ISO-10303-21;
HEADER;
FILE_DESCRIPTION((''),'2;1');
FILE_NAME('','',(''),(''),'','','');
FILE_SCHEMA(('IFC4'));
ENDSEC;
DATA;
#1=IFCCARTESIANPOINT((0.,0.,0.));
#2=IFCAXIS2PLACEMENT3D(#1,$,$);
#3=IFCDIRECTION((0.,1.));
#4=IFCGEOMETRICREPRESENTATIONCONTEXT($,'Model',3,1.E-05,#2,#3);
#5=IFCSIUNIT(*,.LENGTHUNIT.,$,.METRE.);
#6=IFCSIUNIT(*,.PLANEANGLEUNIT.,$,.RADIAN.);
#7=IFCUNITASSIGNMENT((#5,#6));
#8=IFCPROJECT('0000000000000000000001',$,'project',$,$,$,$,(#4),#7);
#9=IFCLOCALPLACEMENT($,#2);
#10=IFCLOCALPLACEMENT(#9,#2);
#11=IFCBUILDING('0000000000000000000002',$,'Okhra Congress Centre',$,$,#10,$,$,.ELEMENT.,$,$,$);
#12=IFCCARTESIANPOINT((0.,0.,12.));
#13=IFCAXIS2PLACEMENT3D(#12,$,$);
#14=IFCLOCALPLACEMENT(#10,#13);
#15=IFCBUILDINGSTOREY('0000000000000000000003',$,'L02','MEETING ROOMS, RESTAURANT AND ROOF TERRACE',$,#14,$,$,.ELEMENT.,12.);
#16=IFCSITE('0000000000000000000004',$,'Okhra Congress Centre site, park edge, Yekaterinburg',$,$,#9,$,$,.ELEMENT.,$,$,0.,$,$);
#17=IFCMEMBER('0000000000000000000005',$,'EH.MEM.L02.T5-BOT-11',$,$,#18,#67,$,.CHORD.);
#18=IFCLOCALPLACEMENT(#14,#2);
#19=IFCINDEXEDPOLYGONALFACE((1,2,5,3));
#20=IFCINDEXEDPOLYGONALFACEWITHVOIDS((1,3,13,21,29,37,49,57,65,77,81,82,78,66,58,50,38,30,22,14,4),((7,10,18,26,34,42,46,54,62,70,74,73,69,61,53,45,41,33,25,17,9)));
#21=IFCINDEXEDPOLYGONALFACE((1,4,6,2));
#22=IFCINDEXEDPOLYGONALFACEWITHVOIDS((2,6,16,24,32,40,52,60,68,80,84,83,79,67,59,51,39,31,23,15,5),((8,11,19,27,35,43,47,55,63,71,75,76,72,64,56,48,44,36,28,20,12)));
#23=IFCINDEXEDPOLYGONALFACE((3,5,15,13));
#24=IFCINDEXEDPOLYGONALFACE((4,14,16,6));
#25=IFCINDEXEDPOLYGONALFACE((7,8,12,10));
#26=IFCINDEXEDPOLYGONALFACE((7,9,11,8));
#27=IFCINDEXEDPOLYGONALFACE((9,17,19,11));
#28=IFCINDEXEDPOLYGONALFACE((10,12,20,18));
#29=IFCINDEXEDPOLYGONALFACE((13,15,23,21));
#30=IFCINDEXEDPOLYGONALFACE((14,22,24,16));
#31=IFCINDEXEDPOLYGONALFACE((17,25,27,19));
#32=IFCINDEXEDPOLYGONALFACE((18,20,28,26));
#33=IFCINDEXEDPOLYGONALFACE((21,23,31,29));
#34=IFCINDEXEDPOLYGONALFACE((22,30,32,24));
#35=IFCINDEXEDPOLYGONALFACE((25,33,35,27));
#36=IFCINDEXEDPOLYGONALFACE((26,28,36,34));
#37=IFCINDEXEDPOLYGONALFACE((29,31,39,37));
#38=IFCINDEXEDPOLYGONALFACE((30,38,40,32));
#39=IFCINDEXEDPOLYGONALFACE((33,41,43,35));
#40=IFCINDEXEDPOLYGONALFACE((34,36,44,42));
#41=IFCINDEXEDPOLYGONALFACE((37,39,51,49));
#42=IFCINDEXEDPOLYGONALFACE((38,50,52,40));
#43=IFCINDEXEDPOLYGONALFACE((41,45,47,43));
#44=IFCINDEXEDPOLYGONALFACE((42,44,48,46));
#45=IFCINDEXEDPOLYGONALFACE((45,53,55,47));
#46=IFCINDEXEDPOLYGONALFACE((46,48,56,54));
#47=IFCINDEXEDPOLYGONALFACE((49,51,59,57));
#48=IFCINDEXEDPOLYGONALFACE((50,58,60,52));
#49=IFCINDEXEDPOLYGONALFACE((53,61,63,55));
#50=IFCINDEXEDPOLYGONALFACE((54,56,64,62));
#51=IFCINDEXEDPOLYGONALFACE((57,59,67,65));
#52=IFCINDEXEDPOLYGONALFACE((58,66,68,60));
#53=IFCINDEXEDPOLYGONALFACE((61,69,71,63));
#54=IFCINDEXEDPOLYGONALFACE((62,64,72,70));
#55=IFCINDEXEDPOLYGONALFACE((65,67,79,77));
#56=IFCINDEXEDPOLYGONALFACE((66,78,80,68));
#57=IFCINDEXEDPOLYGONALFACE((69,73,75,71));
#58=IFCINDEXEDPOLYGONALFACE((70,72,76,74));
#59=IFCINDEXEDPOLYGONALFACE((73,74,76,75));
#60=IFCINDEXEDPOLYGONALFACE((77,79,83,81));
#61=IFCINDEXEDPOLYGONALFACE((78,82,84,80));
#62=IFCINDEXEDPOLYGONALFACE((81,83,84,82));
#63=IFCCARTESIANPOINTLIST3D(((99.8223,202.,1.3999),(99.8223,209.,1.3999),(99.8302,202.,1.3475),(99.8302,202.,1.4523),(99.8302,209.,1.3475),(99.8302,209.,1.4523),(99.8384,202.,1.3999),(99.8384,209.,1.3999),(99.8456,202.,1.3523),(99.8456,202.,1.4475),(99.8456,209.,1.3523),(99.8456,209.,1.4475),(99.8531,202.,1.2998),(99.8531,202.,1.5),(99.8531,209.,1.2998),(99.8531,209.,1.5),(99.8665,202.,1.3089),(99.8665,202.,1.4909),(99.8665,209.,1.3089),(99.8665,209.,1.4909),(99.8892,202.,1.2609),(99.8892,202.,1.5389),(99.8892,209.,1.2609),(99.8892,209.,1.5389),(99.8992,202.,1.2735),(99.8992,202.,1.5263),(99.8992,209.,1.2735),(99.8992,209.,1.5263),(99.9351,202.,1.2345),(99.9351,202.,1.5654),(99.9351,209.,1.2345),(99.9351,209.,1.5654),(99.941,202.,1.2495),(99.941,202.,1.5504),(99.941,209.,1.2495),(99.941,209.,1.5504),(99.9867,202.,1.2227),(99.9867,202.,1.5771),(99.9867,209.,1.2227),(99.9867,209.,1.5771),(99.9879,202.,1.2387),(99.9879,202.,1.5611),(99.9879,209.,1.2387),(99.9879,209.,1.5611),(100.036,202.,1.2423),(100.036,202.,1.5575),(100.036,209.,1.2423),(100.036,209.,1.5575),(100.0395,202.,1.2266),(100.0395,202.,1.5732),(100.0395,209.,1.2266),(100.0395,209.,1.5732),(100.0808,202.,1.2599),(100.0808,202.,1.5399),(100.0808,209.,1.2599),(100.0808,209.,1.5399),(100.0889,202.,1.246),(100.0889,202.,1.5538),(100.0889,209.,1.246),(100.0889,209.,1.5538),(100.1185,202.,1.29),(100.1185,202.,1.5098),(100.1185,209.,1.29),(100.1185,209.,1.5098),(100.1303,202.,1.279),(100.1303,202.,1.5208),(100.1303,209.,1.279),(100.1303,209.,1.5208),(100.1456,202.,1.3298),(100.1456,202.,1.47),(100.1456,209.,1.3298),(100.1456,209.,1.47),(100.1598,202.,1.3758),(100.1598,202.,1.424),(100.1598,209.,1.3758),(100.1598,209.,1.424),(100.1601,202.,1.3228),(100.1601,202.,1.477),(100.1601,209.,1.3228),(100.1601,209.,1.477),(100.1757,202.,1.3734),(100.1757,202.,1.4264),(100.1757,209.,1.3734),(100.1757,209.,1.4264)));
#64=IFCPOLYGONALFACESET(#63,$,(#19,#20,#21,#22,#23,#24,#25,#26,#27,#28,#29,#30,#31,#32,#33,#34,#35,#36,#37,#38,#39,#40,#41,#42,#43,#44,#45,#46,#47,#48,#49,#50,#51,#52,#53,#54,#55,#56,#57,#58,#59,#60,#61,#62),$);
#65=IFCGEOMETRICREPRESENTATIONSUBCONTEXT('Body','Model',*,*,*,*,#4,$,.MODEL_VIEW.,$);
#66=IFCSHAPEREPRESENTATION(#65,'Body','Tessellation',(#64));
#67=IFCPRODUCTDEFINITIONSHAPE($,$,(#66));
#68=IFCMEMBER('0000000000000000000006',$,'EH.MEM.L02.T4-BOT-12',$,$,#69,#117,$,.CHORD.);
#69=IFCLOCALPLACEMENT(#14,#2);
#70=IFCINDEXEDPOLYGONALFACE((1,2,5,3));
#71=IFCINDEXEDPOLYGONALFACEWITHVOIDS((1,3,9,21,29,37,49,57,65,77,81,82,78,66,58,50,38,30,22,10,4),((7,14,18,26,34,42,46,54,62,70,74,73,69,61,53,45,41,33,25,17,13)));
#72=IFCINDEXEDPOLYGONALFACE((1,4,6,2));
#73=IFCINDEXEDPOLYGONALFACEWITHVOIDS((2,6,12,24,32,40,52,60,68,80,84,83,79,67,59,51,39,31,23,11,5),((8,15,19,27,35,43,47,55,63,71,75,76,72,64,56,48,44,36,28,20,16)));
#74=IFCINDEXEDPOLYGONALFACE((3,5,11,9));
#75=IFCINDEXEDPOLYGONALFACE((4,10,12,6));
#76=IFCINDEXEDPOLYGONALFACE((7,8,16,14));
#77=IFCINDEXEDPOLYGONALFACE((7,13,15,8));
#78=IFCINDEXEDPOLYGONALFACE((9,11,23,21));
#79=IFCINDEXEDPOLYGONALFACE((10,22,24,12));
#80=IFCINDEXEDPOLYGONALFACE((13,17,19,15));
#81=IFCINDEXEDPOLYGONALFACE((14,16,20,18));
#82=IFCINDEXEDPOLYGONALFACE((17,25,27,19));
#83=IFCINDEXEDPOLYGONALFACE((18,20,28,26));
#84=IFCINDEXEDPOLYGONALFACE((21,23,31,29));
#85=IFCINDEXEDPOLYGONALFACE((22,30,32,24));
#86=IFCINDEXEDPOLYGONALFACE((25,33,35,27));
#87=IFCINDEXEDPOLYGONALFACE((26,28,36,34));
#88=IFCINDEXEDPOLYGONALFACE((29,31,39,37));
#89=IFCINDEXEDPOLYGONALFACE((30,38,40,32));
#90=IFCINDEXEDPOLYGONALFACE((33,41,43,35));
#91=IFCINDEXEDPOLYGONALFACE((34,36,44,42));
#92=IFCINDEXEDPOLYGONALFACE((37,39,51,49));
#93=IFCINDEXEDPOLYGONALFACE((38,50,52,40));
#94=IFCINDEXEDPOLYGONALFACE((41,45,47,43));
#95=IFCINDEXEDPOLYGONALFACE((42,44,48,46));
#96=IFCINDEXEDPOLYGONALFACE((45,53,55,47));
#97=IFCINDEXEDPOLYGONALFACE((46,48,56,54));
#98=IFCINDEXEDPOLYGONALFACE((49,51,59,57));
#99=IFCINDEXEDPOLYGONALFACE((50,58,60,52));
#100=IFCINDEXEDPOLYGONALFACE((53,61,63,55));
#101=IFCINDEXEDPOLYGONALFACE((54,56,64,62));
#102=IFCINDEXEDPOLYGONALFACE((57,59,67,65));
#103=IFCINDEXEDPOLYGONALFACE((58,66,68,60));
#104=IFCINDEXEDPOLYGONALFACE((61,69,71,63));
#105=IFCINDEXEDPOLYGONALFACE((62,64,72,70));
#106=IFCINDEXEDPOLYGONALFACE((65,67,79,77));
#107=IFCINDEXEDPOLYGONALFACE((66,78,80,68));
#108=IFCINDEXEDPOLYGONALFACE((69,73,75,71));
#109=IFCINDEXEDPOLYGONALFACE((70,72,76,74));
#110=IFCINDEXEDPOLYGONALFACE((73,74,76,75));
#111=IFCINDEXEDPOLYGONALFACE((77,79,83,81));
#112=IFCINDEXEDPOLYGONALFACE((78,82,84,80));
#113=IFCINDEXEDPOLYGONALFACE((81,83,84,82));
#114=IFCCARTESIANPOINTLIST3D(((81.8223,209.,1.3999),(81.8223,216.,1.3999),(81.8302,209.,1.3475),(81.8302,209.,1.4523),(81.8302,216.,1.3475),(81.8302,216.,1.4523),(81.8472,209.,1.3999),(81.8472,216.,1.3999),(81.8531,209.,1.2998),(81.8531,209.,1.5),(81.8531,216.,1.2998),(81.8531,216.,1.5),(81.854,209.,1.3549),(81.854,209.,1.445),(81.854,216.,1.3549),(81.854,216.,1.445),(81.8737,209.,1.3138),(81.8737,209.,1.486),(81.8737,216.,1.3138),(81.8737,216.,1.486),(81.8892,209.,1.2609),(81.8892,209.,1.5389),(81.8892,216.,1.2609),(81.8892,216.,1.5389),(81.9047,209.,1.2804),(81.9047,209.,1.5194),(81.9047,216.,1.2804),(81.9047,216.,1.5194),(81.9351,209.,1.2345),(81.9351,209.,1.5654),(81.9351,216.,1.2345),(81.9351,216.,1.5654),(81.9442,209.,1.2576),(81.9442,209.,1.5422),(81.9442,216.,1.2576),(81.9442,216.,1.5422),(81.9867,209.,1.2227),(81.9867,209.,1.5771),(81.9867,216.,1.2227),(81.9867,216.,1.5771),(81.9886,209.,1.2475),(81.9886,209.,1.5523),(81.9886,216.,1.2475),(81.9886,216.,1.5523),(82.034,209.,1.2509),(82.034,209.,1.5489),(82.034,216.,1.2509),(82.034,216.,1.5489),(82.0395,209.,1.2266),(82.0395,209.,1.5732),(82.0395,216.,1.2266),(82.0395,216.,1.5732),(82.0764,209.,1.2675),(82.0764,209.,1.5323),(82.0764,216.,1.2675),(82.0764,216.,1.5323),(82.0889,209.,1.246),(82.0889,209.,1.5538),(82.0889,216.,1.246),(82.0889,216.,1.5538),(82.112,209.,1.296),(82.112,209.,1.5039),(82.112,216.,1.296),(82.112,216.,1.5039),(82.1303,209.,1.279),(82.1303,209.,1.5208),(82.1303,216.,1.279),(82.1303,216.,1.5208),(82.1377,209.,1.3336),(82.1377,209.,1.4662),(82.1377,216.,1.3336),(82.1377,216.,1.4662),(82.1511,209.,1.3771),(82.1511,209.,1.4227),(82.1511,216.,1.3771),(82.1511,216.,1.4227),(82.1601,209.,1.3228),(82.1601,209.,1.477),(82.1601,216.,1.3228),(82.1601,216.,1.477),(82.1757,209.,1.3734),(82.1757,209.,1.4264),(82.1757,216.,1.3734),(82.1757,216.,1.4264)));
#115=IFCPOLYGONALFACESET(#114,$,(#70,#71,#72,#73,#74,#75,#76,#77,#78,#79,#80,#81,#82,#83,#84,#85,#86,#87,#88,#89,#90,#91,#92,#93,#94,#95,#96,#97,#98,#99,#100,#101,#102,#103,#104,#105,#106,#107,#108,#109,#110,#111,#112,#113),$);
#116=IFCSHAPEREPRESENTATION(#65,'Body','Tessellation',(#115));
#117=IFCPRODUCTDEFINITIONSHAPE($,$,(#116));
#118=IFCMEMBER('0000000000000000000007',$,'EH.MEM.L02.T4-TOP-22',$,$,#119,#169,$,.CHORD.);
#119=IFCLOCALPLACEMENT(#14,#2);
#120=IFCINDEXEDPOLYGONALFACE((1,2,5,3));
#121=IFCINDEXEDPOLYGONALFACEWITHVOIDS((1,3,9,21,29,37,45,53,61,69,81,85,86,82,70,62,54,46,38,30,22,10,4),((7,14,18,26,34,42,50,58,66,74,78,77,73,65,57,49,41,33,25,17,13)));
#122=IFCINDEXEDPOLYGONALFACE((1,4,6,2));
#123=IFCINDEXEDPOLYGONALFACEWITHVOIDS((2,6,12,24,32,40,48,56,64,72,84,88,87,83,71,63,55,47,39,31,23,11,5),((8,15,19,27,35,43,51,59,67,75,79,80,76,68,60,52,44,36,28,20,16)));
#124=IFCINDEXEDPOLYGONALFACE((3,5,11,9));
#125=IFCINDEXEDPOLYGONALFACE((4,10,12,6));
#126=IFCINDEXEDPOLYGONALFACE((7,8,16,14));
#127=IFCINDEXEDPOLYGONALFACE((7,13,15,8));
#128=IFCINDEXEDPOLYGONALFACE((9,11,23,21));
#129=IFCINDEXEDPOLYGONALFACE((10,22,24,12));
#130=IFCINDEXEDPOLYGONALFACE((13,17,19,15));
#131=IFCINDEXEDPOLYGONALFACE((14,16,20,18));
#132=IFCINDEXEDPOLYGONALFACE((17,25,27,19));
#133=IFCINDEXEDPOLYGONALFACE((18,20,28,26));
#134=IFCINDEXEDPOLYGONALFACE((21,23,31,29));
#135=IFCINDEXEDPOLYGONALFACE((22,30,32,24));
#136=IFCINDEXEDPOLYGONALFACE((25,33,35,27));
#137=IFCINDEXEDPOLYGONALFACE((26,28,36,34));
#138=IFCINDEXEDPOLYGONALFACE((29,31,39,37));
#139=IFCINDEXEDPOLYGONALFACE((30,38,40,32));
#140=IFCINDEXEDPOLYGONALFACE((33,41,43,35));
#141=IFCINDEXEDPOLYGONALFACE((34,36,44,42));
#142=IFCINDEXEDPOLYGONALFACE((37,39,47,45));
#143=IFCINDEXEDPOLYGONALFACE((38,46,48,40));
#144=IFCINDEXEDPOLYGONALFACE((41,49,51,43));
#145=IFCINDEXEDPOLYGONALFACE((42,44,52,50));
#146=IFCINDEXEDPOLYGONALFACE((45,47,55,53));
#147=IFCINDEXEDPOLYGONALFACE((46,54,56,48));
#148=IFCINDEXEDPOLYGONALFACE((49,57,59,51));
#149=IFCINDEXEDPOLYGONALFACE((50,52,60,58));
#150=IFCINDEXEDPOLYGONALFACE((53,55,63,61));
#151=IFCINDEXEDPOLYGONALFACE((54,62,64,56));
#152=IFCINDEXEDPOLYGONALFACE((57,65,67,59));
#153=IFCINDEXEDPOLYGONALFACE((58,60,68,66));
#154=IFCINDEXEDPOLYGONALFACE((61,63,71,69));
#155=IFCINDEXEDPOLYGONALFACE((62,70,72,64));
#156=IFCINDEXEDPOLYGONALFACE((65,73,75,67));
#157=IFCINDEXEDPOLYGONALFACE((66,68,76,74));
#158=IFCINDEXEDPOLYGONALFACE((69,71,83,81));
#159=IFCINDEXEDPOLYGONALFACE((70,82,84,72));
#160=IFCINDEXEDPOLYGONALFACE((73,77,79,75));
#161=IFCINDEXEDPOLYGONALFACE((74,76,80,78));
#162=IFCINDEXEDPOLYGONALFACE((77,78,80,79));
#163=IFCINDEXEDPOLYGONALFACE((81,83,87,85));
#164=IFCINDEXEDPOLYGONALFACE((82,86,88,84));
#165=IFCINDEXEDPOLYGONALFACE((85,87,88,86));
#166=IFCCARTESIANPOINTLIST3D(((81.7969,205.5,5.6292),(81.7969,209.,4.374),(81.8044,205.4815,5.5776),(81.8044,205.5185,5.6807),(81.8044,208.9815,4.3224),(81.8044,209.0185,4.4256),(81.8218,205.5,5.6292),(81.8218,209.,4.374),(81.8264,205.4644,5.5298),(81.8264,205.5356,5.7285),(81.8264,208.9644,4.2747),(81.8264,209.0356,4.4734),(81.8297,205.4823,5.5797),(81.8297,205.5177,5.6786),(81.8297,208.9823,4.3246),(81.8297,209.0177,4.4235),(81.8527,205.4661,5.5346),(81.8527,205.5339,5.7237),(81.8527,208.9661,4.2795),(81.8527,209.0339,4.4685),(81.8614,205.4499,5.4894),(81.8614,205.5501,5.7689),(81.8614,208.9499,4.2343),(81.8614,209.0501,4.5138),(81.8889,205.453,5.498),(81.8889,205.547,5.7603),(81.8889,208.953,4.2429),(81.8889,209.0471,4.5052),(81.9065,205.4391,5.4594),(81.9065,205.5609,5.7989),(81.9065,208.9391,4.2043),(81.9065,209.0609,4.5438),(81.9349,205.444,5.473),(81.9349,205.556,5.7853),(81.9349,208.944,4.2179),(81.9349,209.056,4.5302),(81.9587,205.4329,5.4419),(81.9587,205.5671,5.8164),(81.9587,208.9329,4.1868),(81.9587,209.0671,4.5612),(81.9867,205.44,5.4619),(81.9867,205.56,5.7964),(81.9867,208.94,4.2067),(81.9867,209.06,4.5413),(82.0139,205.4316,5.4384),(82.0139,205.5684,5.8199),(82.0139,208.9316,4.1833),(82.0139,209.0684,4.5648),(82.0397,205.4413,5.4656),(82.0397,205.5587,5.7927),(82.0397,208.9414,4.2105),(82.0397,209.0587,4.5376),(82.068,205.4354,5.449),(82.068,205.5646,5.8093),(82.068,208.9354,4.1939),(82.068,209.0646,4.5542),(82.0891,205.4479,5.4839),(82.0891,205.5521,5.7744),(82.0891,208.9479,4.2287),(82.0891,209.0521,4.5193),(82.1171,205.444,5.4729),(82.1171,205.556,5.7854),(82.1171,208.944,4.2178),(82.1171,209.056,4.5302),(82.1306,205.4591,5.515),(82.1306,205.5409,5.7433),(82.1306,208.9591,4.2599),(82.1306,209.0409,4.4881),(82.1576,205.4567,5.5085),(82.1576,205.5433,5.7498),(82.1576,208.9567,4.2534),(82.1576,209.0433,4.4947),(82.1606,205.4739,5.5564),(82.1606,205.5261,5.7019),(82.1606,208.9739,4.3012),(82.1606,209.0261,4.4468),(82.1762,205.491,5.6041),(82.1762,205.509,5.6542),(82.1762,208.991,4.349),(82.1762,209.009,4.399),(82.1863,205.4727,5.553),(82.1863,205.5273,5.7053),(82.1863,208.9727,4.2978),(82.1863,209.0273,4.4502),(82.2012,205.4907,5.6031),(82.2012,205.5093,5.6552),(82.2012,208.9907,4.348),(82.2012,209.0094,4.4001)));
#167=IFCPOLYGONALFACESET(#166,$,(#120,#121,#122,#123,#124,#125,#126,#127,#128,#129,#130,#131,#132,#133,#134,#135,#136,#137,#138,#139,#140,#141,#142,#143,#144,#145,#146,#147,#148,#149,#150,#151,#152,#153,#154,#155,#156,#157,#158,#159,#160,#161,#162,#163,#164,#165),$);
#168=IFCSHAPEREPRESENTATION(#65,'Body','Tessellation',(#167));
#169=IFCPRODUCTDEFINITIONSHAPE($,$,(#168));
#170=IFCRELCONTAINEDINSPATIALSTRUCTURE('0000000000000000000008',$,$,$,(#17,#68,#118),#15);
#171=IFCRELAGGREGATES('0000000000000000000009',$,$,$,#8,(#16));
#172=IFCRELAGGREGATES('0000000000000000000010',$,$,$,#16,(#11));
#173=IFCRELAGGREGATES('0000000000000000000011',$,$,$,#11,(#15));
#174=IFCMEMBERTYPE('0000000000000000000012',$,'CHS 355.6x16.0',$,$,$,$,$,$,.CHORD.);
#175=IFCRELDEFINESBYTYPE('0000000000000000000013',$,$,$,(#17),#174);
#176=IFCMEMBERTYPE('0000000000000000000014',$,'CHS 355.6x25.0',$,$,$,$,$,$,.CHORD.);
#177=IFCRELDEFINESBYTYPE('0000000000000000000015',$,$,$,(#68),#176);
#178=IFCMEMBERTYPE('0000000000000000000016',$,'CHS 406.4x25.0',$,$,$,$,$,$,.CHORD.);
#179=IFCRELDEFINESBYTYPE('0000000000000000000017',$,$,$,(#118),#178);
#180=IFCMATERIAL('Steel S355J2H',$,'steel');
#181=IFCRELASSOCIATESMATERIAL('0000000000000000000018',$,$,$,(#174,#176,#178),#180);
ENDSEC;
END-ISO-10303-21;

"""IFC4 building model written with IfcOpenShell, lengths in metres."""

from ifc_helpers import new_model, si_unit, direction, frame, origin, origin_2d, place, context, subcontext, project, spatial, hollow_circle, extrude, material, material_profile, profile_set, type_object, element, save


model = new_model("IFC4")

# Units and contexts
model_context = context("Model", 3, precision=1e-05, world=origin(), true_north=direction((0.0, 1.0)))
body_context = subcontext(model_context, "Body", "Model", "MODEL_VIEW")
ifc_project = project(units=[si_unit("LENGTHUNIT", "METRE"), si_unit("PLANEANGLEUNIT", "RADIAN")], contexts=[model_context])

# Site, building, storey
site_placement = place(None, origin())
site = spatial("IfcSite", under=ifc_project, at=site_placement, Name="Okhra Congress Centre site, park edge, Yekaterinburg", CompositionType="ELEMENT", RefElevation=0.0)
building_placement = place(site_placement, origin())
building = spatial("IfcBuilding", under=site, at=building_placement, Name="Okhra Congress Centre", CompositionType="ELEMENT")
storey_placement = place(building_placement, frame((0.0, 0.0, 12.0)))
storey = spatial("IfcBuildingStorey", under=building, at=storey_placement, Name="L02", Description="MEETING ROOMS, RESTAURANT AND ROOF TERRACE", CompositionType="ELEMENT", Elevation=12.0)

# Members
ifc_material_1 = material(Name="Steel S355J2H", Category="steel")
ifc_material_profile_1 = material_profile(ifc_material_1, hollow_circle(Radius=0.1777, WallThickness=0.0161, at=origin_2d()), Name="CHS 355.6x16.0")
ifc_profile_set_1 = profile_set([ifc_material_profile_1], Name="Steel S355J2H")
member_type_1 = type_object("IfcMemberType", Name="CHS 355.6x16.0", PredefinedType="CHORD", material=ifc_profile_set_1)
member_1_placement = place(storey_placement, frame((100.0, 202.0, 1.3999), z_axis=(0.0, 1.0, 0.0), x_axis=(-1.0, 0.0, 0.0)))
element("IfcMember", 1, at=member_1_placement, inside=storey, type_object=member_type_1, Name="EH.MEM.L02.T5-BOT-11", PredefinedType="CHORD", context=body_context, shape_type="SweptSolid", body=[
    extrude(hollow_circle(Radius=0.1777, WallThickness=0.0161, at=origin_2d()), origin(), (0.0, 0.0, 1.0), 7.0),
])
ifc_material_profile_2 = material_profile(ifc_material_1, hollow_circle(Radius=0.1777, WallThickness=0.0249, at=origin_2d()), Name="CHS 355.6x25.0")
ifc_profile_set_2 = profile_set([ifc_material_profile_2], Name="Steel S355J2H")
member_type_2 = type_object("IfcMemberType", Name="CHS 355.6x25.0", PredefinedType="CHORD", material=ifc_profile_set_2)
member_2_placement = place(storey_placement, frame((82.0, 209.0, 1.3999), z_axis=(0.0, 1.0, 0.0), x_axis=(-1.0, 0.0, 0.0)))
element("IfcMember", 2, at=member_2_placement, inside=storey, type_object=member_type_2, Name="EH.MEM.L02.T4-BOT-12", PredefinedType="CHORD", context=body_context, shape_type="SweptSolid", body=[
    extrude(hollow_circle(Radius=0.1777, WallThickness=0.0249, at=origin_2d()), origin(), (0.0, 0.0, 1.0), 7.0),
])
ifc_material_profile_3 = material_profile(ifc_material_1, hollow_circle(Radius=0.2031, WallThickness=0.0249, at=origin_2d()), Name="CHS 406.4x25.0")
ifc_profile_set_3 = profile_set([ifc_material_profile_3], Name="Steel S355J2H")
member_type_3 = type_object("IfcMemberType", Name="CHS 406.4x25.0", PredefinedType="CHORD", material=ifc_profile_set_3)
member_3_placement = place(storey_placement, frame((82.0, 205.5, 5.6292), z_axis=(0.0, 0.941304, -0.337559), x_axis=(-1.0, 0.0, 0.0)))
element("IfcMember", 3, at=member_3_placement, inside=storey, type_object=member_type_3, Name="EH.MEM.L02.T4-TOP-22", PredefinedType="CHORD", context=body_context, shape_type="SweptSolid", body=[
    extrude(hollow_circle(Radius=0.2031, WallThickness=0.0249, at=origin_2d()), origin(), (0.0, 0.0, 1.0), 3.7183),
])

save(model, "model.ifc")
